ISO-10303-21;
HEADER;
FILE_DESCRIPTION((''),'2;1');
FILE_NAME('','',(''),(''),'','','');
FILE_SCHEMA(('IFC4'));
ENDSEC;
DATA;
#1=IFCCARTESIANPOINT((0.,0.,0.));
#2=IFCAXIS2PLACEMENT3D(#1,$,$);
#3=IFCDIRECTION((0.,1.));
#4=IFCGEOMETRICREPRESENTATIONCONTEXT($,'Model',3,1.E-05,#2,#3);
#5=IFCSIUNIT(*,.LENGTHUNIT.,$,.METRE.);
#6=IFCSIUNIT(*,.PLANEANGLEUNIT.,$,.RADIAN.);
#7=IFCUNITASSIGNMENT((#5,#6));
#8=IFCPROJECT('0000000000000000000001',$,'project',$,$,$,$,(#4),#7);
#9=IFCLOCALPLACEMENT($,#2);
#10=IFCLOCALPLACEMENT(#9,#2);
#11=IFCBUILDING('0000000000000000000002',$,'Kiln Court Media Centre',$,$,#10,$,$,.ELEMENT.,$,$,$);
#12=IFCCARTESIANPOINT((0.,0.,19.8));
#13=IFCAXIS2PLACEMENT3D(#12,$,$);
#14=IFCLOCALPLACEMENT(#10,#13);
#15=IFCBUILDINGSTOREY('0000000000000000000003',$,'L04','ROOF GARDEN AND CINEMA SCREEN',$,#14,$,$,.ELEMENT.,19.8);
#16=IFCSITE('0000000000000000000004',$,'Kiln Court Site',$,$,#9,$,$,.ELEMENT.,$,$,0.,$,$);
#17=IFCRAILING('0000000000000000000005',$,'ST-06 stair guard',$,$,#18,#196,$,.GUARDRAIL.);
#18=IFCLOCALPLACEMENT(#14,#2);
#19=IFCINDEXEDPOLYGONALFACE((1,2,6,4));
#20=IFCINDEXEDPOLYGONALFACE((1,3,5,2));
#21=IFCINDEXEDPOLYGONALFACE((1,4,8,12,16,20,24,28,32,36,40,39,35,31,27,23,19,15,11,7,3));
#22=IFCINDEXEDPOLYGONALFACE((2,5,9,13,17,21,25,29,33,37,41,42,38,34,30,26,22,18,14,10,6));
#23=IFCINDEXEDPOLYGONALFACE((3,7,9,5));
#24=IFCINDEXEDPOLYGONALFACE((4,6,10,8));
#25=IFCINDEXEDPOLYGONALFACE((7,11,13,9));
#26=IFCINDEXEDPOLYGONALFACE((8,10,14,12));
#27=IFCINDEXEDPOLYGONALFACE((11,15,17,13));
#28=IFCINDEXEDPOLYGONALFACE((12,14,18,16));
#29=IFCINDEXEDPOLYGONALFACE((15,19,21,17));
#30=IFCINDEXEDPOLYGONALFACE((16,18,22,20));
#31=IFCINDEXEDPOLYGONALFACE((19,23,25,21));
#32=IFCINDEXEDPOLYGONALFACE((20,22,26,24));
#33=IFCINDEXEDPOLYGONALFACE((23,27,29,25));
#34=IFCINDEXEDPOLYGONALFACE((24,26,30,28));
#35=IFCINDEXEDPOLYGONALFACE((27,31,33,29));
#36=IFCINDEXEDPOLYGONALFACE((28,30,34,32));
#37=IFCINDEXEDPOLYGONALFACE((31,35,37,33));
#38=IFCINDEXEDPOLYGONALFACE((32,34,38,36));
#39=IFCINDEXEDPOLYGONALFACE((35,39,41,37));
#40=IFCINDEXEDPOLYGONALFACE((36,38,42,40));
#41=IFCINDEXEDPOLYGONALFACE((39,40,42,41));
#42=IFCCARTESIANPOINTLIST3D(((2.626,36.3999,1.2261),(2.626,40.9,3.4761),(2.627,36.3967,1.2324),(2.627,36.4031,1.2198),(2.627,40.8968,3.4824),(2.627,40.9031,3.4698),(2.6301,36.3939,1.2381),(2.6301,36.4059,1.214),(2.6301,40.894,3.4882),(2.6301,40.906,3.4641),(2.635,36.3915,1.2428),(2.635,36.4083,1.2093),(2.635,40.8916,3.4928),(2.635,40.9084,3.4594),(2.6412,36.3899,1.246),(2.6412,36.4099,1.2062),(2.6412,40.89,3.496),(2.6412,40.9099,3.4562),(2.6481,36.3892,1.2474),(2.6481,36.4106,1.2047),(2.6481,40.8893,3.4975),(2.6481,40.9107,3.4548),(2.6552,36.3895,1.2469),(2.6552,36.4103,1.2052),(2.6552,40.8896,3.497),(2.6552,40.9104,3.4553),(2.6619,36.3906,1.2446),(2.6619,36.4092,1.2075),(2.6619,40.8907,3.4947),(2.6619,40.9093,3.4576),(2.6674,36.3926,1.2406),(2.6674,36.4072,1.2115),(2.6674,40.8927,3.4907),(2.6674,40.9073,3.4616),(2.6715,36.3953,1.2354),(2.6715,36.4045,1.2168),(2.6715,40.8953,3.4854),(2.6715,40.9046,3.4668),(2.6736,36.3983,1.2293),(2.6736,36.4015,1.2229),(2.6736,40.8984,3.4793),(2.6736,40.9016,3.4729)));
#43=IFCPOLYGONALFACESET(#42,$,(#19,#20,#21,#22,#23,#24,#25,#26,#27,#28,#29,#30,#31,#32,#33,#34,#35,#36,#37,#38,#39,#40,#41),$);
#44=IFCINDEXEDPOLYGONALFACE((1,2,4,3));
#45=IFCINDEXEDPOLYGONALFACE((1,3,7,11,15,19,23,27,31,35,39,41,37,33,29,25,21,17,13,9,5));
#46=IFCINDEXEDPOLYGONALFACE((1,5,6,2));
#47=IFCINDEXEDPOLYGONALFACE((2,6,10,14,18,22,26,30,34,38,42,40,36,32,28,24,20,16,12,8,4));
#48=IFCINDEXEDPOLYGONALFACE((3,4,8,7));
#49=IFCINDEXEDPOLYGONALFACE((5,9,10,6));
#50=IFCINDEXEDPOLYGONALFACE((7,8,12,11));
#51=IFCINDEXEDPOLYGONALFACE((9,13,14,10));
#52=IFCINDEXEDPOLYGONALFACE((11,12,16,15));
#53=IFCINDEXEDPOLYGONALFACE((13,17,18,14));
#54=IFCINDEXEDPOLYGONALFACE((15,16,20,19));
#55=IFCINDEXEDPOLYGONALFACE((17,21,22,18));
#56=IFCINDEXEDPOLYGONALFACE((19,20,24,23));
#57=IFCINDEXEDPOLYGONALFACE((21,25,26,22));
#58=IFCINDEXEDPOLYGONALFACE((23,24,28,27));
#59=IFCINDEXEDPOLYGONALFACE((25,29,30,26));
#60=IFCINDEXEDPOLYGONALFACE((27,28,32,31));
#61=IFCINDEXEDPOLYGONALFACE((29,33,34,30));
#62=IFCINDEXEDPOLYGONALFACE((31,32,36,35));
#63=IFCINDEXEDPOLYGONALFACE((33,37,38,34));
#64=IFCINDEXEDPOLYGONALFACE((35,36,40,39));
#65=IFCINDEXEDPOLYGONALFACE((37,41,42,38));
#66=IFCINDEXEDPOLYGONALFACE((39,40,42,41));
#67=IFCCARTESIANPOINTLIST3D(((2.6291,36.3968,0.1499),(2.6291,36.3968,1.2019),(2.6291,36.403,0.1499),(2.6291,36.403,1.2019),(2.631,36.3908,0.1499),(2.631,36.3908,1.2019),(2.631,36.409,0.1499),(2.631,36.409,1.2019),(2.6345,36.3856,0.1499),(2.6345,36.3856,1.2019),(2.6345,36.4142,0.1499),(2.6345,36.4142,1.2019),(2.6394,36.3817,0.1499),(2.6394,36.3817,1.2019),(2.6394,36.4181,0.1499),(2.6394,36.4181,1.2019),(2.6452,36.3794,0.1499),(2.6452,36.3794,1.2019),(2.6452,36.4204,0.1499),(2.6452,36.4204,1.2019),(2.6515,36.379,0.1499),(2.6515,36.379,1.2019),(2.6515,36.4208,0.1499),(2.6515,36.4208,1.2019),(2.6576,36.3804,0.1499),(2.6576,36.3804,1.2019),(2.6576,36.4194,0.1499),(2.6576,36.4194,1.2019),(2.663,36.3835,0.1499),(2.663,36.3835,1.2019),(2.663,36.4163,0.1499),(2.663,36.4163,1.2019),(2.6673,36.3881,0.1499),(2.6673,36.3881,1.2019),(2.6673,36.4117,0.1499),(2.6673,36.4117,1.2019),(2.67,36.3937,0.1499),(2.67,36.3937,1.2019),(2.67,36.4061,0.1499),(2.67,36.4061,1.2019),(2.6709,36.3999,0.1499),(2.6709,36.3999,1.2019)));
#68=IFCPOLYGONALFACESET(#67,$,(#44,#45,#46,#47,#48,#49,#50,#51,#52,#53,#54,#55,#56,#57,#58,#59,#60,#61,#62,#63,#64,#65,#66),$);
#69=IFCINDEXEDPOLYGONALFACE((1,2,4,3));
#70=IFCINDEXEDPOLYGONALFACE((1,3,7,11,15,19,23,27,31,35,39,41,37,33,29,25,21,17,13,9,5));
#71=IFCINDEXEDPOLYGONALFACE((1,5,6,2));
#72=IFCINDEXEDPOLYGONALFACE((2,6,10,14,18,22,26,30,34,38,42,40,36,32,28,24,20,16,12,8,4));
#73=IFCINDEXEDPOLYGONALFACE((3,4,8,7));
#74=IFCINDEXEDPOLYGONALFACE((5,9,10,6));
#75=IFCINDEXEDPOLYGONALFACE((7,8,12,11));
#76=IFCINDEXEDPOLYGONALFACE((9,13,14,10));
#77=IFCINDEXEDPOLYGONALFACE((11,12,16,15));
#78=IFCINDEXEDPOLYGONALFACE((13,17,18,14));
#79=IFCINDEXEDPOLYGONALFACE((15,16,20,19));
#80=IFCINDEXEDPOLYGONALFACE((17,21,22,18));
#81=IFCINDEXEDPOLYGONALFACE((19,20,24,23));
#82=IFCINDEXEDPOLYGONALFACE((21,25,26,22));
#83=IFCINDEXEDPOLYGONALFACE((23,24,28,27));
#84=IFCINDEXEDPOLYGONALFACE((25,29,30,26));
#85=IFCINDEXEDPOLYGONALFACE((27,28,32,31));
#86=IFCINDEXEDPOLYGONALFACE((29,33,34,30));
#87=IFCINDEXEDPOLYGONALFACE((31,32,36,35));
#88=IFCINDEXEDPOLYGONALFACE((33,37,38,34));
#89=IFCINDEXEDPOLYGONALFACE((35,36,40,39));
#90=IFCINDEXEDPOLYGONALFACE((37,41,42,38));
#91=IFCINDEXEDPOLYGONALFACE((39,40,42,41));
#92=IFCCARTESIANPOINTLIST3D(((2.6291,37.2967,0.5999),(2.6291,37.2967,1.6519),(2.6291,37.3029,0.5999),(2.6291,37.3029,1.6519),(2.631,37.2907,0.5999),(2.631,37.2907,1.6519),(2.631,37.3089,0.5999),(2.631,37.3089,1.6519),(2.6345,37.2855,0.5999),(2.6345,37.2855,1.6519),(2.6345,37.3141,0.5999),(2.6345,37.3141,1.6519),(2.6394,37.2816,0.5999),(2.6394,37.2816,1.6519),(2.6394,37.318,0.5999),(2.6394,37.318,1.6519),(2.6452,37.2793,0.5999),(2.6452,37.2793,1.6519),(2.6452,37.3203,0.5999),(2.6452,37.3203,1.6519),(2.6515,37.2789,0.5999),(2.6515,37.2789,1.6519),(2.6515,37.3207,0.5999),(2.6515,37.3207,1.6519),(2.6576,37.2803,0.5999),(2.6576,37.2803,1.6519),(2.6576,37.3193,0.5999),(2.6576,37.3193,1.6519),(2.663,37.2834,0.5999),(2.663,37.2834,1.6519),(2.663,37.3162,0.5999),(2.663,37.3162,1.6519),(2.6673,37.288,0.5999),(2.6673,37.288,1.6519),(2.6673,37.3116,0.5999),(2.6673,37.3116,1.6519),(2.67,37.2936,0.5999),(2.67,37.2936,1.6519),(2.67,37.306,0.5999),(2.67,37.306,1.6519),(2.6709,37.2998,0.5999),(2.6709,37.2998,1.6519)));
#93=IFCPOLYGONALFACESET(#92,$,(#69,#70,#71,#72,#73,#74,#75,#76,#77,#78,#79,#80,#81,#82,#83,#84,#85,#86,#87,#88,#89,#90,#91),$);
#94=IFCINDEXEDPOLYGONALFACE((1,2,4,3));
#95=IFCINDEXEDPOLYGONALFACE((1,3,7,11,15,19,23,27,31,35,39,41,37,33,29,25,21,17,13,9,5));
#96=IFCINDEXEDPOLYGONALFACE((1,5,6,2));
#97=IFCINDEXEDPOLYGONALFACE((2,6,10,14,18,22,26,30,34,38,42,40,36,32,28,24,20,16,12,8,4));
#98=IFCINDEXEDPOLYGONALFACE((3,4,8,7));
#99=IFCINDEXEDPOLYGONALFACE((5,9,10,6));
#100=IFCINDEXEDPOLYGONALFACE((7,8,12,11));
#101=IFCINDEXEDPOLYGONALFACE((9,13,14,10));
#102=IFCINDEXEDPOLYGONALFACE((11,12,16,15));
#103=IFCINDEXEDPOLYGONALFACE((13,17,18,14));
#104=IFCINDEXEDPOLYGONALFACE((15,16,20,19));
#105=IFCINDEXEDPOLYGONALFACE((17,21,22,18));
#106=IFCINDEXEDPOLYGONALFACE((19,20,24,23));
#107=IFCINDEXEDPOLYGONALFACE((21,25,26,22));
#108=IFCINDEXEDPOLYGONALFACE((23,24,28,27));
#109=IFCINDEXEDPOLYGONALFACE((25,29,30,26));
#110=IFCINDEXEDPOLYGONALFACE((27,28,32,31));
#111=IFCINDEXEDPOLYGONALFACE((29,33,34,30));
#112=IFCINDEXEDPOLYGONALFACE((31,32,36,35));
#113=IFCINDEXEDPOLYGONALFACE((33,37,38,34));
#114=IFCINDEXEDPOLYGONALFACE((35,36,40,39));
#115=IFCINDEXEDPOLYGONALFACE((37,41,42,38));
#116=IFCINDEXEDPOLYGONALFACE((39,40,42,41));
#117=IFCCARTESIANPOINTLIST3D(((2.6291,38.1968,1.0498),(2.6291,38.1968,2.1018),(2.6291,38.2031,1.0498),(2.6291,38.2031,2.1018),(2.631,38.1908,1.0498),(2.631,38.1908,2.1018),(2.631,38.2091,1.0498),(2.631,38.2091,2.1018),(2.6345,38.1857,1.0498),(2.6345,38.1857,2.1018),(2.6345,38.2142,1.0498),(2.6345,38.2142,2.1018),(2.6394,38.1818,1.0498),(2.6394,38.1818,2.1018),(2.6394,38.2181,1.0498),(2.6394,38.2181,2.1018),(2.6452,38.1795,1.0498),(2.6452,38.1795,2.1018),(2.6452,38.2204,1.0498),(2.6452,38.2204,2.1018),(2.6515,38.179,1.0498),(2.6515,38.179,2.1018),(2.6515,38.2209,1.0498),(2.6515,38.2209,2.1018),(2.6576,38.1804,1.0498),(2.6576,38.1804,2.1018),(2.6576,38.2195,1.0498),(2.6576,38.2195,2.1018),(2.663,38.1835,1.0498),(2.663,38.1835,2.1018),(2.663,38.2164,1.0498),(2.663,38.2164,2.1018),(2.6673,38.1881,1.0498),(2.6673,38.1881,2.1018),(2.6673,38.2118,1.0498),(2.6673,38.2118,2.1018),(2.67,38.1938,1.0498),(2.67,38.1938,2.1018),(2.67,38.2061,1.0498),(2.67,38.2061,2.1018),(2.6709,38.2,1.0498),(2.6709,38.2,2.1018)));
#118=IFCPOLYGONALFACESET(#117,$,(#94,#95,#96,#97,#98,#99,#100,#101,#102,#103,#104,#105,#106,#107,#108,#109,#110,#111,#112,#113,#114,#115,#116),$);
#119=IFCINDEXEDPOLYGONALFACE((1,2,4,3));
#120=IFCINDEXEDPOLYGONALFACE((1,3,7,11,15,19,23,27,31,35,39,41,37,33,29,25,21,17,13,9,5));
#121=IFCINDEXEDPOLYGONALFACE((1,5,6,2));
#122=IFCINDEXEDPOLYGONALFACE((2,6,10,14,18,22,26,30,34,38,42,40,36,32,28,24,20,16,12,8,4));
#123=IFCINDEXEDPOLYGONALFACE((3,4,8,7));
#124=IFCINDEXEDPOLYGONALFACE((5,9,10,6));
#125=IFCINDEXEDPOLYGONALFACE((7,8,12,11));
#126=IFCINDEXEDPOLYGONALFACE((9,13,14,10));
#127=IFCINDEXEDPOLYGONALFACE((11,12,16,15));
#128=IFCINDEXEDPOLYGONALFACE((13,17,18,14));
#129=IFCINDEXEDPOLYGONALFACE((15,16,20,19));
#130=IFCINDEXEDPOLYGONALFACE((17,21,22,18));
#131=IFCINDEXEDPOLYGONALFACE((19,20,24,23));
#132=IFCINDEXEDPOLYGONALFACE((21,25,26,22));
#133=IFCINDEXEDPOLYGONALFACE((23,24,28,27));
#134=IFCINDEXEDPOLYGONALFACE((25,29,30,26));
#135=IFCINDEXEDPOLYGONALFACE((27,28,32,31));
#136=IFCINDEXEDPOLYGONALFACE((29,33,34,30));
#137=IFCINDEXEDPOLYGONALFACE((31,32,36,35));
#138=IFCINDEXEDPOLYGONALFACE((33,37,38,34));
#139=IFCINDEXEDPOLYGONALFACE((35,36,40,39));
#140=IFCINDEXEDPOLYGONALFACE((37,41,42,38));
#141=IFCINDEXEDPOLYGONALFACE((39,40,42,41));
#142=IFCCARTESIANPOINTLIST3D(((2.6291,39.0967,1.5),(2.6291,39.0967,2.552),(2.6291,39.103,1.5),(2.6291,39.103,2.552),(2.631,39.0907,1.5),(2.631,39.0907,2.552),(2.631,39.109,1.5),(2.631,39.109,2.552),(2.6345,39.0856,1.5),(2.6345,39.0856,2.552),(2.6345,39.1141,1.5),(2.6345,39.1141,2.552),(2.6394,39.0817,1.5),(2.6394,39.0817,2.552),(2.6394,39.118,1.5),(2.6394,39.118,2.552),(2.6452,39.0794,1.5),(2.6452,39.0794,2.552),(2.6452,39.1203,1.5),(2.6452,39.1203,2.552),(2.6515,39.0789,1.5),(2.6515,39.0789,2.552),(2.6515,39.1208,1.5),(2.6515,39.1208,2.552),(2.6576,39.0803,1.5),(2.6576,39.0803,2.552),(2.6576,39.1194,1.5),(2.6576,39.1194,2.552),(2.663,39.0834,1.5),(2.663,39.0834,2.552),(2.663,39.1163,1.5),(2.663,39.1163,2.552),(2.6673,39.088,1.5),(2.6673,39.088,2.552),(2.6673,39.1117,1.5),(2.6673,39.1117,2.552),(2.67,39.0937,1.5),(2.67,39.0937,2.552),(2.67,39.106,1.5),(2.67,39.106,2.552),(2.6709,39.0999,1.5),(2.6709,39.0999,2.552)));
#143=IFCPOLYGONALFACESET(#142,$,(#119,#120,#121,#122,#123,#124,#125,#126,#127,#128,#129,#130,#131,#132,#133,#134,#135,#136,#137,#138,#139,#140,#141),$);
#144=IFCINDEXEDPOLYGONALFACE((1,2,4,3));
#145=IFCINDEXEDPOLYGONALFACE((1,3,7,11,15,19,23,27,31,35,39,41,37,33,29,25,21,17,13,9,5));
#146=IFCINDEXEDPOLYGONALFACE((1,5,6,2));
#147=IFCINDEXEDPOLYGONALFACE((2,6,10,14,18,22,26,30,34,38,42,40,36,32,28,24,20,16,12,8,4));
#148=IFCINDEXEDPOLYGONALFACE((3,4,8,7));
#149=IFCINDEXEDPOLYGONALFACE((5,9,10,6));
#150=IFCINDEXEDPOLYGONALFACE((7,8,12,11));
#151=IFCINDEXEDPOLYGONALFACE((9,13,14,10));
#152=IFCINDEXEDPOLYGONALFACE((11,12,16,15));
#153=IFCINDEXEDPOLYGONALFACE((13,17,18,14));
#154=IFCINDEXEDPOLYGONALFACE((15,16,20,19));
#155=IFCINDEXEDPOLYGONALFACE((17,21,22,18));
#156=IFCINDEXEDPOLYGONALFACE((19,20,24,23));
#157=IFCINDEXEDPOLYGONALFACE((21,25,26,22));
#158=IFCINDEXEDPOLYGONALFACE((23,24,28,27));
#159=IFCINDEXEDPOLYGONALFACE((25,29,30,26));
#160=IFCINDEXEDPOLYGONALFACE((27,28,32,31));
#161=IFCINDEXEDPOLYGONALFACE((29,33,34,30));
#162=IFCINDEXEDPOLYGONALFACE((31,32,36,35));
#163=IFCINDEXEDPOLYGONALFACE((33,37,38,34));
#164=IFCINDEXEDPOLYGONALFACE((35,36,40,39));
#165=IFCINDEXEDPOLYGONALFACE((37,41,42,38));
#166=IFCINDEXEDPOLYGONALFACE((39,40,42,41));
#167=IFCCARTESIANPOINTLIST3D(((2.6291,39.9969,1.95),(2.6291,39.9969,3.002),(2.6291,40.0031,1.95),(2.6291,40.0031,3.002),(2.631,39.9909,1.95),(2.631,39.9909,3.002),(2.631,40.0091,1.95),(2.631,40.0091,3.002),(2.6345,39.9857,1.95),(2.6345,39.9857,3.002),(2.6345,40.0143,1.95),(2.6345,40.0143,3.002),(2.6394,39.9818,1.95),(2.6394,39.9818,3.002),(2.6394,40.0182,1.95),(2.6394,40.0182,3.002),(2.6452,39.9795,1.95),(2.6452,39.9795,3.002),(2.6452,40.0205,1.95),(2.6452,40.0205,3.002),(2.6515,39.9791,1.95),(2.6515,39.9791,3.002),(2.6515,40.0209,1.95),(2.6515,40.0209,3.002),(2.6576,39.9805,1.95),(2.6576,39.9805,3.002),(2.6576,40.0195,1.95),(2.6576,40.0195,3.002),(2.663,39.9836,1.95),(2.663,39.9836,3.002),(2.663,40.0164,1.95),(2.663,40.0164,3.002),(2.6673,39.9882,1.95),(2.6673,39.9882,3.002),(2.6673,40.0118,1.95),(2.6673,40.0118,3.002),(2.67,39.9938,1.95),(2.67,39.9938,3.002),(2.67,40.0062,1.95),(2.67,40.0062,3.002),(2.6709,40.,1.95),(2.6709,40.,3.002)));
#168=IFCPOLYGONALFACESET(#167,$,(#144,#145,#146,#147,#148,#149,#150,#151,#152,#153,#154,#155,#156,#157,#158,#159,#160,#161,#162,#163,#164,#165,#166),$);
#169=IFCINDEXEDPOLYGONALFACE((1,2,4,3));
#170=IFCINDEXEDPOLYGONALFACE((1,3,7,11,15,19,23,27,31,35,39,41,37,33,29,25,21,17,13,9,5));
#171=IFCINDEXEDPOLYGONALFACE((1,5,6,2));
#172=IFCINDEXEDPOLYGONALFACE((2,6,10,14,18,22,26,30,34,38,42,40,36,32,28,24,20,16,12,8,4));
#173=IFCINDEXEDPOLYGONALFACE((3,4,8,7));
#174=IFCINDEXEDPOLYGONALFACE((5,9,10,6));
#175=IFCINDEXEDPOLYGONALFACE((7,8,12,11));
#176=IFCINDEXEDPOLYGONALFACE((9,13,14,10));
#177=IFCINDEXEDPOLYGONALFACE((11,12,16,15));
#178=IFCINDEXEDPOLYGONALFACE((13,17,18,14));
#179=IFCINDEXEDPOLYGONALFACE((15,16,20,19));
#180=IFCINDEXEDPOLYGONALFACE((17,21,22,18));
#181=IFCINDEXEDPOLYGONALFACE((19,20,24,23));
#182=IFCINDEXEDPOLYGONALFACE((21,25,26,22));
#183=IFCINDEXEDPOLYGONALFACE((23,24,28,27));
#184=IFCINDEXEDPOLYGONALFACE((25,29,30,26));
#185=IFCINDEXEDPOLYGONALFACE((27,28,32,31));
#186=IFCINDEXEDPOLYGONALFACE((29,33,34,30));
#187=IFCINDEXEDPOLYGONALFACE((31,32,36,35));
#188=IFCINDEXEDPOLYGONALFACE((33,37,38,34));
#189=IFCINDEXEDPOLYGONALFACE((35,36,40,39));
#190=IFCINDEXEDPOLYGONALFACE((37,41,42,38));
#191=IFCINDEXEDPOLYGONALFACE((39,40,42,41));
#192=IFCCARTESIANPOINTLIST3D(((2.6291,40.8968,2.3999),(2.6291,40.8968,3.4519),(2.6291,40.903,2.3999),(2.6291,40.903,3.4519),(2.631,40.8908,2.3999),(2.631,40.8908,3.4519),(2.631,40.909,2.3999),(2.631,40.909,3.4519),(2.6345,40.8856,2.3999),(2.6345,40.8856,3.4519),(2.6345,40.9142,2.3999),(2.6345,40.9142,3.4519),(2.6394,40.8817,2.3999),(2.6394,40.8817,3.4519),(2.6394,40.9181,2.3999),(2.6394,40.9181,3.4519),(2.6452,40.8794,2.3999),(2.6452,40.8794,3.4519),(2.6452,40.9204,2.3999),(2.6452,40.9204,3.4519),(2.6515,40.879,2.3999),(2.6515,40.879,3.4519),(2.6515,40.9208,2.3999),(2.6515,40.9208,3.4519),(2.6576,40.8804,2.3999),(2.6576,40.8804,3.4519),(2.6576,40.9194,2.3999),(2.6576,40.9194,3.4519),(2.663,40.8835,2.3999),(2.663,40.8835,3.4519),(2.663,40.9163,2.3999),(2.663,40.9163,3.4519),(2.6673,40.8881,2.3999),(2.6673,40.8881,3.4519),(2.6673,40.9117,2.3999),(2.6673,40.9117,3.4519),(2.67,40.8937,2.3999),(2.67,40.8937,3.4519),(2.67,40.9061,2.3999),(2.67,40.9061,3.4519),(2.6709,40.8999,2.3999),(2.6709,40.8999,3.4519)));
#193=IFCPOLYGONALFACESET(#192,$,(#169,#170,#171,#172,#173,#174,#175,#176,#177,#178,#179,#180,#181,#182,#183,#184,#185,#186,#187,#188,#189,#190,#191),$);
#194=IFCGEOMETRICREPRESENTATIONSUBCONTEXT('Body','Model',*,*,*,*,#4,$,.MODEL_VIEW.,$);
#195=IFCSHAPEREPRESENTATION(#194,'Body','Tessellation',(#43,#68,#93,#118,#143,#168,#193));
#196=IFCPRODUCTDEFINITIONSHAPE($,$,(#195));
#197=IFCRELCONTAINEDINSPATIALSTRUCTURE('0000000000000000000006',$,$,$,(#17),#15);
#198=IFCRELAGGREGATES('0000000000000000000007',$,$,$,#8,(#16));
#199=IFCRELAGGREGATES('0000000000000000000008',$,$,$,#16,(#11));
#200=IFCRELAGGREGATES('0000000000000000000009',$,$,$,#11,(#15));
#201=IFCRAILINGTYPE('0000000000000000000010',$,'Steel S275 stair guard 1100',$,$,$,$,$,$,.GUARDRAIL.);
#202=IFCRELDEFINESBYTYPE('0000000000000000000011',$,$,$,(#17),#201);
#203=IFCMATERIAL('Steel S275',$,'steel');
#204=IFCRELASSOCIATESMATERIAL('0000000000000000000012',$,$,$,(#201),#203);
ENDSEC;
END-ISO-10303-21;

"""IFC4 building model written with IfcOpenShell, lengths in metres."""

from ifc_helpers import new_model, si_unit, direction, frame, origin, origin_2d, place, context, subcontext, project, spatial, circle, extrude, material, type_object, element, save


model = new_model("IFC4")

# Units and contexts
model_context = context("Model", 3, precision=1e-05, world=origin(), true_north=direction((0.0, 1.0)))
body_context = subcontext(model_context, "Body", "Model", "MODEL_VIEW")
ifc_project = project(units=[si_unit("LENGTHUNIT", "METRE"), si_unit("PLANEANGLEUNIT", "RADIAN")], contexts=[model_context])

# Site, building, storey
site_placement = place(None, origin())
site = spatial("IfcSite", under=ifc_project, at=site_placement, Name="Kiln Court Site", CompositionType="ELEMENT", RefElevation=0.0)
building_placement = place(site_placement, origin())
building = spatial("IfcBuilding", under=site, at=building_placement, Name="Kiln Court Media Centre", CompositionType="ELEMENT")
storey_placement = place(building_placement, frame((0.0, 0.0, 19.8)))
storey = spatial("IfcBuildingStorey", under=building, at=storey_placement, Name="L04", Description="ROOF GARDEN AND CINEMA SCREEN", CompositionType="ELEMENT", Elevation=19.8)

# Railing
ifc_material_1 = material(Name="Steel S275", Category="steel")
railing_type_1 = type_object("IfcRailingType", Name="Steel S275 stair guard 1100", PredefinedType="GUARDRAIL", material=ifc_material_1)
railing_1_placement = place(storey_placement, frame((2.6499, 36.3999, 0.1499)))
element("IfcRailing", 1, at=railing_1_placement, inside=storey, type_object=railing_type_1, Name="ST-06 stair guard", PredefinedType="GUARDRAIL", context=body_context, shape_type="SweptSolid", body=[
    extrude(circle(Radius=0.0239, at=origin_2d()), frame((0.0, 0.0, 1.0762), z_axis=(0.0, 0.894427, 0.447214), x_axis=(-1.0, 0.0, 0.0)), (0.0, 0.0, 1.0), 5.0312),
    extrude(circle(Radius=0.021, at=origin_2d()), origin(), (0.0, 0.0, 1.0), 1.052),
    extrude(circle(Radius=0.021, at=origin_2d()), frame((0.0, 0.8999, 0.45)), (0.0, 0.0, 1.0), 1.052),
    extrude(circle(Radius=0.021, at=origin_2d()), frame((0.0, 1.8, 0.8999)), (0.0, 0.0, 1.0), 1.052),
    extrude(circle(Radius=0.021, at=origin_2d()), frame((0.0, 2.7, 1.3501)), (0.0, 0.0, 1.0), 1.052),
    extrude(circle(Radius=0.021, at=origin_2d()), frame((0.0, 3.6001, 1.8)), (0.0, 0.0, 1.0), 1.052),
    extrude(circle(Radius=0.021, at=origin_2d()), frame((0.0, 4.5, 2.25)), (0.0, 0.0, 1.0), 1.052),
])

save(model, "model.ifc")
